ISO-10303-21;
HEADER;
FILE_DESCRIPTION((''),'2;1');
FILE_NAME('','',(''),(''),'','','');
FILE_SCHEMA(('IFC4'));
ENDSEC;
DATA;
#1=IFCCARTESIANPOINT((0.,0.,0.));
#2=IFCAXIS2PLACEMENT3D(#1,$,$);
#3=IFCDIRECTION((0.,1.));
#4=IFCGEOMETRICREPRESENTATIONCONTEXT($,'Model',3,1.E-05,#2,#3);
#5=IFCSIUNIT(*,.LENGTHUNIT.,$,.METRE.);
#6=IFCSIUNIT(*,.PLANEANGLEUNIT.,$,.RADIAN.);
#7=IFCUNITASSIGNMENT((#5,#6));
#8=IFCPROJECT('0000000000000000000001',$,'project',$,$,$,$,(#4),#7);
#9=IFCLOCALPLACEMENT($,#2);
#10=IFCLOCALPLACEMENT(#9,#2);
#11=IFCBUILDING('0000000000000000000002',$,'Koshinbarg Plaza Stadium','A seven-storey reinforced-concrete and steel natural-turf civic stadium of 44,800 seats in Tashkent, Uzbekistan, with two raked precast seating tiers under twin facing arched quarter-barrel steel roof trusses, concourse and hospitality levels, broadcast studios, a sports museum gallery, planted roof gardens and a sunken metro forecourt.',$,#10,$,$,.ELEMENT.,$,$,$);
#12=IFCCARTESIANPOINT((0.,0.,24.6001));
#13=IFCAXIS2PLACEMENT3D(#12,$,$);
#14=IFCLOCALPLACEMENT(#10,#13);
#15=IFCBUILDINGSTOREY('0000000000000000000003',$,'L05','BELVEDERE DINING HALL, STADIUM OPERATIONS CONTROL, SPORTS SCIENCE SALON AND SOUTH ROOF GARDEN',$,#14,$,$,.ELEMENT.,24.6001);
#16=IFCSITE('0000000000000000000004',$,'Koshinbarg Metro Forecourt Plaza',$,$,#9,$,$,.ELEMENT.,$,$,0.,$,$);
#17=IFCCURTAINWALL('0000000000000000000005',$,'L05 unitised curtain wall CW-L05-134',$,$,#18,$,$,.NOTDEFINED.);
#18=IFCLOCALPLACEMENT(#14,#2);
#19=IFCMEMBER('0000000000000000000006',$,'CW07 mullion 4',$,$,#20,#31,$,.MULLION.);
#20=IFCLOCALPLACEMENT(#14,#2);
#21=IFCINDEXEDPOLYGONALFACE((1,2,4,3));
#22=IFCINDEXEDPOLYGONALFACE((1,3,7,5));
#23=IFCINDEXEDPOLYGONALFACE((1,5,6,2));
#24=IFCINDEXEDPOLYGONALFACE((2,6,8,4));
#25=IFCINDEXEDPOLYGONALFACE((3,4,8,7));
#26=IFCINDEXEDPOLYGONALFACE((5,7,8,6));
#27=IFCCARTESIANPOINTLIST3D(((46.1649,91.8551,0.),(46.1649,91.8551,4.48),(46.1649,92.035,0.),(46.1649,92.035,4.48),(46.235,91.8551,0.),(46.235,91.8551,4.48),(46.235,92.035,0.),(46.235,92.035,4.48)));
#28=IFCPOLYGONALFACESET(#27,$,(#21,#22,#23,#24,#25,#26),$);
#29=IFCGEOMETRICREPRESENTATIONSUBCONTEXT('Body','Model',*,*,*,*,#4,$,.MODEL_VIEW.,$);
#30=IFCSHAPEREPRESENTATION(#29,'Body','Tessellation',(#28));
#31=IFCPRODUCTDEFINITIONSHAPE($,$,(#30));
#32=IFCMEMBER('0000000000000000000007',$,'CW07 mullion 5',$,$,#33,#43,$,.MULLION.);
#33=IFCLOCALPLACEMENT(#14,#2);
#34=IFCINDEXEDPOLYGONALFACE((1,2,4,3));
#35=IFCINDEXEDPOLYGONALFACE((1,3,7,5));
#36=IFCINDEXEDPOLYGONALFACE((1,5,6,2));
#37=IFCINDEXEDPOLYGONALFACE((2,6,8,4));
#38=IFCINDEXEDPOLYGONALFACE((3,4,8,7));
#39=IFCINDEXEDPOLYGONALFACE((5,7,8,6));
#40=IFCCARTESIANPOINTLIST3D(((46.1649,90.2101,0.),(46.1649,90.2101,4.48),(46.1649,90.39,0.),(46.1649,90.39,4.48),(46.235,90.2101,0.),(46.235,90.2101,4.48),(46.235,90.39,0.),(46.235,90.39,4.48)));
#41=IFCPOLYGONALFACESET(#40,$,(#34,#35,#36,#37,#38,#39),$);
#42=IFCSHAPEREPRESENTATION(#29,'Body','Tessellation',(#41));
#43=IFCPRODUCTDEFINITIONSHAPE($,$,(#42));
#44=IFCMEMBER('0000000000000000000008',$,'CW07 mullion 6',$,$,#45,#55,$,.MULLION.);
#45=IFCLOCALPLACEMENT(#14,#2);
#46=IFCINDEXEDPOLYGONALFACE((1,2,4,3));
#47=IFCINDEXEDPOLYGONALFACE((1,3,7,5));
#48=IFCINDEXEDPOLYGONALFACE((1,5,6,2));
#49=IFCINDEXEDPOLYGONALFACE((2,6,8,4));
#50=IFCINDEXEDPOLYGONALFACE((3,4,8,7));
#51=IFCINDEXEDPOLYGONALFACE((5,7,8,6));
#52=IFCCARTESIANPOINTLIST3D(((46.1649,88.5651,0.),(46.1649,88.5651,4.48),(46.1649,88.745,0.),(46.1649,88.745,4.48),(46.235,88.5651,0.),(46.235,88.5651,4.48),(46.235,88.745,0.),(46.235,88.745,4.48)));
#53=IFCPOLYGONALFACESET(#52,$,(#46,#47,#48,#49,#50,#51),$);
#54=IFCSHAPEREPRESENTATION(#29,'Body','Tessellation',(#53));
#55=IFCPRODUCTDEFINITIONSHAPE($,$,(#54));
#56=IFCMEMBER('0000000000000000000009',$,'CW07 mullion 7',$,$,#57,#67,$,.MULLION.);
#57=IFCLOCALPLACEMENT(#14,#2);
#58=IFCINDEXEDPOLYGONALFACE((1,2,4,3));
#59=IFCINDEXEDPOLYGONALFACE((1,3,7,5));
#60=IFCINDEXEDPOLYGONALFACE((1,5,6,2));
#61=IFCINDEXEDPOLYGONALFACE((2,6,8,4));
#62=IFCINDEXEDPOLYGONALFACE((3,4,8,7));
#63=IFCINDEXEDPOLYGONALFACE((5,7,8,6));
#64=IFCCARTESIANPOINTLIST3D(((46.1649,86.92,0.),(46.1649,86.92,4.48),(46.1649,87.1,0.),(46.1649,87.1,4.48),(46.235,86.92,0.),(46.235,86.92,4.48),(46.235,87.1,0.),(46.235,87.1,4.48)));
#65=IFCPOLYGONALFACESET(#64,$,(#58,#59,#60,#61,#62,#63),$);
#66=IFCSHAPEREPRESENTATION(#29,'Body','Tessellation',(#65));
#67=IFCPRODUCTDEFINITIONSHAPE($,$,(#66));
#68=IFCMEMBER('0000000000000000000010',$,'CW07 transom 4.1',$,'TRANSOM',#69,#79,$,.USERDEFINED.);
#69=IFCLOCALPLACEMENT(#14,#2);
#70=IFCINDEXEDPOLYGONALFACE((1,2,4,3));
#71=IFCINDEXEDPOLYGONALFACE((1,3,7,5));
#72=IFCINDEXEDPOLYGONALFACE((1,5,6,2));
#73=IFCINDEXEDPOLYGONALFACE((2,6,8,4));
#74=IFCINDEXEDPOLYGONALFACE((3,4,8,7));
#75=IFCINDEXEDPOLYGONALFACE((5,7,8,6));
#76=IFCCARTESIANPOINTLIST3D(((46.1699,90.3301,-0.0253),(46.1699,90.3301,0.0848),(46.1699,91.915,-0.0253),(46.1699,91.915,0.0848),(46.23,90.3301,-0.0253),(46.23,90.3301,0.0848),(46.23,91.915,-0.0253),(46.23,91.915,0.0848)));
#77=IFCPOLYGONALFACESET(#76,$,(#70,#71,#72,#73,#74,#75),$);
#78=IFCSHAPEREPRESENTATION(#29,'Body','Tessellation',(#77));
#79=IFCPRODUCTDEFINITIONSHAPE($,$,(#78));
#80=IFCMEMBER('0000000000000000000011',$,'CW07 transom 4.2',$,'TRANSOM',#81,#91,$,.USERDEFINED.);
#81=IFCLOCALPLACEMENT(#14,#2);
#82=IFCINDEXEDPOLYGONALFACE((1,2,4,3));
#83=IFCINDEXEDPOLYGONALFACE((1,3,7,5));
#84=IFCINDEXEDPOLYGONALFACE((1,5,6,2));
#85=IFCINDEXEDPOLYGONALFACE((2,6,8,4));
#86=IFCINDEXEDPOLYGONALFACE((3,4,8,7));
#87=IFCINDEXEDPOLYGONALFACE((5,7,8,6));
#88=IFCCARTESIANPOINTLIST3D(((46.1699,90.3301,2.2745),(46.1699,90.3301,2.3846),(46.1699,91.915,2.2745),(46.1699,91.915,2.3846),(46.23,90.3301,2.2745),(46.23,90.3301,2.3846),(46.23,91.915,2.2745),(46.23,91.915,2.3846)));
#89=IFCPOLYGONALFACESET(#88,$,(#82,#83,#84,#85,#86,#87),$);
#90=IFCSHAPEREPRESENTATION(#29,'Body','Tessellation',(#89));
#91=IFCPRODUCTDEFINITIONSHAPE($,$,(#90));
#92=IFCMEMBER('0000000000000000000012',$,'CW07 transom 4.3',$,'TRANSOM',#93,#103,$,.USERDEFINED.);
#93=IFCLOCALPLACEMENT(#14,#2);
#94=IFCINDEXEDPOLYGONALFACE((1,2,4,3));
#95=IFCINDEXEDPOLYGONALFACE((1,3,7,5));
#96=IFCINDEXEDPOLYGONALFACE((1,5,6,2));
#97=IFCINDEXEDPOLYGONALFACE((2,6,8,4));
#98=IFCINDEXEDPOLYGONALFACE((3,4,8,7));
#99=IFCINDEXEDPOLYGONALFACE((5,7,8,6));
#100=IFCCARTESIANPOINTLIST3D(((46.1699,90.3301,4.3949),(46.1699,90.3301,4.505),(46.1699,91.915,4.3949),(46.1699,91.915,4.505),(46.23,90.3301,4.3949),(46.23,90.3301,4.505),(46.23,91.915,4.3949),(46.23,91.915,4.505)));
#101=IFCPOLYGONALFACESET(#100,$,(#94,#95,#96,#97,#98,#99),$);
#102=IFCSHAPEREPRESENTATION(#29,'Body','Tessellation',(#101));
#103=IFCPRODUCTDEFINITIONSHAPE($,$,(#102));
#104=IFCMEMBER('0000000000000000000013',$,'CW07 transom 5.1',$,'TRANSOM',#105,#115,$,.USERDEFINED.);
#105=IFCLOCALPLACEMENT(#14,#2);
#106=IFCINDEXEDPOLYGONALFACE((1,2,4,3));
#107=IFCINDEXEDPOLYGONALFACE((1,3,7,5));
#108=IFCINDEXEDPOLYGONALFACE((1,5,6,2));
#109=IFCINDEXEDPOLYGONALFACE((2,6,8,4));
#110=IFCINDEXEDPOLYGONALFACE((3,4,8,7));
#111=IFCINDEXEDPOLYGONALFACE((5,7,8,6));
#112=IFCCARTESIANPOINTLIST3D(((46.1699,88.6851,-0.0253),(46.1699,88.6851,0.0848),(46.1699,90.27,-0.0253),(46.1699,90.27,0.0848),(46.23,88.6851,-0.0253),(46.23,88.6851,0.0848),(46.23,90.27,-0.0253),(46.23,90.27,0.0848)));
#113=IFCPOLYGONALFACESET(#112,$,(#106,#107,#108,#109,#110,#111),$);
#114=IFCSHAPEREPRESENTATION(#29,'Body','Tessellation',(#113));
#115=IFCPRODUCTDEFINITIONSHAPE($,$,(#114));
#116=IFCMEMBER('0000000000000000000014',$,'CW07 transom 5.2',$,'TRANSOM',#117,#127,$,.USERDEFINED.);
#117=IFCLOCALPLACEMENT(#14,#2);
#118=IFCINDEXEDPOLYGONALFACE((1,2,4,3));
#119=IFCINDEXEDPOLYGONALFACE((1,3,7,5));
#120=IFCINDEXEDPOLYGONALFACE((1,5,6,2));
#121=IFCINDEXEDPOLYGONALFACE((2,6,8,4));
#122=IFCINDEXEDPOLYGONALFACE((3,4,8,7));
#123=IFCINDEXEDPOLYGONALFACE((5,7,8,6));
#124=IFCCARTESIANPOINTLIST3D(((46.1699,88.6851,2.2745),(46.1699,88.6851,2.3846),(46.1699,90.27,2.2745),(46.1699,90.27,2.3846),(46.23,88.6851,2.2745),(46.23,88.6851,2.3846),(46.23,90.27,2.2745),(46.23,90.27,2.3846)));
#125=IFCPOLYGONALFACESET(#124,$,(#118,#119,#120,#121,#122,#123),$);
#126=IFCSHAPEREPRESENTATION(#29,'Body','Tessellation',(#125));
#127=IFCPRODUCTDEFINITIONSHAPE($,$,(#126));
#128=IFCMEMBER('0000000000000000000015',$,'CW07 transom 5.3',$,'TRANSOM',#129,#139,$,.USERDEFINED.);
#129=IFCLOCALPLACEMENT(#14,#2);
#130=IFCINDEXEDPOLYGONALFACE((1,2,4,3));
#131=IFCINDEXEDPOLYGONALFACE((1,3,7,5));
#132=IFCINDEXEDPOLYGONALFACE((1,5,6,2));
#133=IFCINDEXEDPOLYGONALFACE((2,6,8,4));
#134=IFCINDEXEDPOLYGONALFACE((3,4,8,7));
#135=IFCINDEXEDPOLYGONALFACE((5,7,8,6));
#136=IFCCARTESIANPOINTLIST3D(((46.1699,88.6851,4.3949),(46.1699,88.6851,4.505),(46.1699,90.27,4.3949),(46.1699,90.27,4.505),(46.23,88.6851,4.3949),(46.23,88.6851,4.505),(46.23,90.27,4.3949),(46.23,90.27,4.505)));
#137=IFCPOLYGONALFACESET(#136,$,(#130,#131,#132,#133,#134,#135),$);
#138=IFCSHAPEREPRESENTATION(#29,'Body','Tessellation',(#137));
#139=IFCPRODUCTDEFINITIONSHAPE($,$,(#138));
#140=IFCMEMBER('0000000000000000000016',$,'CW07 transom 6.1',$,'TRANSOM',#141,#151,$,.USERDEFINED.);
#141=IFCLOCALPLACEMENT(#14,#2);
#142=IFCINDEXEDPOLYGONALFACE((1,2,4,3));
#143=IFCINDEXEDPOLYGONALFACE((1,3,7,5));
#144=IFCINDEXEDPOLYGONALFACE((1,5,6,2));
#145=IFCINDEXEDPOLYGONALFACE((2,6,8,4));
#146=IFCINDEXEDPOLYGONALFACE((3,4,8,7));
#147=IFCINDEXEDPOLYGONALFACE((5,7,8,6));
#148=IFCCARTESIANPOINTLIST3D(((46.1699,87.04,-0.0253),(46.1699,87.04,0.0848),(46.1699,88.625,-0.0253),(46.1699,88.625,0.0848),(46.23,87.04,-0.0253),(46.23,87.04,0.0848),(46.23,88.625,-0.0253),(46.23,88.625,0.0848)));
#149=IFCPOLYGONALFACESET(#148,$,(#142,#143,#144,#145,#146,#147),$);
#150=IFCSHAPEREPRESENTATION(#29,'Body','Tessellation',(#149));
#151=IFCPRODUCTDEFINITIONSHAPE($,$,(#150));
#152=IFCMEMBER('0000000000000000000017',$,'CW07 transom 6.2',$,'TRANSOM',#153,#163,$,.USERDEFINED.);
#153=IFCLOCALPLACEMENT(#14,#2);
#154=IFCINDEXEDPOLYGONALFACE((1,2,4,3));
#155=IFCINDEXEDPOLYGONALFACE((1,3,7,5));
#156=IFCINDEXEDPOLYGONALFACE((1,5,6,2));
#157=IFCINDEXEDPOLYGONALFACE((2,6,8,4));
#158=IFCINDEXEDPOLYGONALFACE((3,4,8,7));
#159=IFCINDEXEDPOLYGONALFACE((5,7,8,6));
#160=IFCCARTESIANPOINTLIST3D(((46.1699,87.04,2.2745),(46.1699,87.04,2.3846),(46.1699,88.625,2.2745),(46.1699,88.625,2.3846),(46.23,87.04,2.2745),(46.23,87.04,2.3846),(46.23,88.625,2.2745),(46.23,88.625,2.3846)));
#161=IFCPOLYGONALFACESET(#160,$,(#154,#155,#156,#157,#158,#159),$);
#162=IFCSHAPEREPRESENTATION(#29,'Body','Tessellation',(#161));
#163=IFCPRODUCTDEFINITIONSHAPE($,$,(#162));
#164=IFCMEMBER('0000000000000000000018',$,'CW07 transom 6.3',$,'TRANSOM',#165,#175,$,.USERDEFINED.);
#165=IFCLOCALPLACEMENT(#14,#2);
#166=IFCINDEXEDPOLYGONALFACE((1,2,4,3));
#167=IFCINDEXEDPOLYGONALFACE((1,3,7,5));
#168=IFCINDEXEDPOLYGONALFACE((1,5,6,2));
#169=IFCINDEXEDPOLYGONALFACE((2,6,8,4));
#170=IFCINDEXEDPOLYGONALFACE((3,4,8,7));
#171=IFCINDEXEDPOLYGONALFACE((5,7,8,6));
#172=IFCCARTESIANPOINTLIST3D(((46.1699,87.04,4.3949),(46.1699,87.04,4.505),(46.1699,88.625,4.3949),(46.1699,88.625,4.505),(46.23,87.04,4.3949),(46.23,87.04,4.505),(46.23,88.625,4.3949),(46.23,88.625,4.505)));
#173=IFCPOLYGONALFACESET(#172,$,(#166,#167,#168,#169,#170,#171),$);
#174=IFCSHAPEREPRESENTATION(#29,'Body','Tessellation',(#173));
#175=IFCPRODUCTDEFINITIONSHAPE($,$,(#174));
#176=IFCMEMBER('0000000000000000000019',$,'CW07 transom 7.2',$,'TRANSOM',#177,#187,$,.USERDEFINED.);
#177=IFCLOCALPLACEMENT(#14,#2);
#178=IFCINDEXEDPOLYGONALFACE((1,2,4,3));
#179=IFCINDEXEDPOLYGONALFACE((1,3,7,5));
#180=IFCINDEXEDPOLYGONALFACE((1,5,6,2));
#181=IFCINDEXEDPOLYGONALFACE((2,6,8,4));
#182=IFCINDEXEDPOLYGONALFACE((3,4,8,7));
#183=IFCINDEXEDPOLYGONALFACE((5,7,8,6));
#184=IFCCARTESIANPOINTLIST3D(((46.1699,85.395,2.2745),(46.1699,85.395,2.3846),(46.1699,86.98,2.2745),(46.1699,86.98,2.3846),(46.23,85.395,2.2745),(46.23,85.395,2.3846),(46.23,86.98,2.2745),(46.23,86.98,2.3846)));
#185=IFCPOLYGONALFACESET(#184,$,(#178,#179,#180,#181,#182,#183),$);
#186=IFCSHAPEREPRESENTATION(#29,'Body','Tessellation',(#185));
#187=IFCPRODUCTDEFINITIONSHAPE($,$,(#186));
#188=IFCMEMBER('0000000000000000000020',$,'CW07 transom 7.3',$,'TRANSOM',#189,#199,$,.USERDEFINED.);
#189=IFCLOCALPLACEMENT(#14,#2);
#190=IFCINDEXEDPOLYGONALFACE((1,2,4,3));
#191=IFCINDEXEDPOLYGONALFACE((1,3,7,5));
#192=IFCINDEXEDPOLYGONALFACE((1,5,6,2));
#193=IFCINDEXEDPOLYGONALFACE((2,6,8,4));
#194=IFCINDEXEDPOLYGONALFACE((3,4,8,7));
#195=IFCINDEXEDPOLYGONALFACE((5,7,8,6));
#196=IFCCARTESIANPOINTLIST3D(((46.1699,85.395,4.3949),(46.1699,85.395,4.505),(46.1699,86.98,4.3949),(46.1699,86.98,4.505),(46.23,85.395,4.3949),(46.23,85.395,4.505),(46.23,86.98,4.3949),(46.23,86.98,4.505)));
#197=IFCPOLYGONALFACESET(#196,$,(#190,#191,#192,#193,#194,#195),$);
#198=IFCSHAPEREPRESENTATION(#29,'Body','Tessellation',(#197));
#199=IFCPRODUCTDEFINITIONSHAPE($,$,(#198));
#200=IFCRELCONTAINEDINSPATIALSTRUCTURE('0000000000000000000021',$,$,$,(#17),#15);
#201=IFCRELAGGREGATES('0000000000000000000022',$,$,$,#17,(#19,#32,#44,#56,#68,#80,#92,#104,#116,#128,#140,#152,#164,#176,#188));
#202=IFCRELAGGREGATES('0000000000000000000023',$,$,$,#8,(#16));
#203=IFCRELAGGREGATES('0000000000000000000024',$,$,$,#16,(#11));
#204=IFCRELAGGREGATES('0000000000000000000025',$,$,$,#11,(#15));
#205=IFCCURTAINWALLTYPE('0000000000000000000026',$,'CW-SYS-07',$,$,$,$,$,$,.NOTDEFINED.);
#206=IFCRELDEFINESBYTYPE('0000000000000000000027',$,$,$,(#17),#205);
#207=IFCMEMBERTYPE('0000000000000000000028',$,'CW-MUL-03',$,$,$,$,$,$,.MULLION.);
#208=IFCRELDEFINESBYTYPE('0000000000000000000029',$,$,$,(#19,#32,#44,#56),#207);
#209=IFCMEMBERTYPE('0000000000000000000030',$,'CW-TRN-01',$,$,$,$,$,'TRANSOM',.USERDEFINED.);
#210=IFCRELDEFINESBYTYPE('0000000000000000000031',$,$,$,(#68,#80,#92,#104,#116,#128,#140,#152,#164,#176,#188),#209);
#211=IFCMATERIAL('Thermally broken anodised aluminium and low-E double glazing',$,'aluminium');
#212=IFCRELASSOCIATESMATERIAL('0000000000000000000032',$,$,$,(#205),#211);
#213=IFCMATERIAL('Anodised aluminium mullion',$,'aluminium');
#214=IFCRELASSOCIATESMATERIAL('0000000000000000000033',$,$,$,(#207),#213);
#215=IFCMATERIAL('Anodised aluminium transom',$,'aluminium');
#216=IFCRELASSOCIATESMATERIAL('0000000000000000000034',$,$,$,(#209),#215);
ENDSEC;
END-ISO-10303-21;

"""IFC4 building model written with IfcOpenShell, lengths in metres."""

from ifc_helpers import new_model, si_unit, direction, frame, origin, origin_2d, place, context, subcontext, project, spatial, rectangle, extrude, material, material_profile, profile_set, type_object, element, aggregate, save


model = new_model("IFC4")

# Units and contexts
model_context = context("Model", 3, precision=1e-05, world=origin(), true_north=direction((0.0, 1.0)))
body_context = subcontext(model_context, "Body", "Model", "MODEL_VIEW")
ifc_project = project(units=[si_unit("LENGTHUNIT", "METRE"), si_unit("PLANEANGLEUNIT", "RADIAN")], contexts=[model_context])

# Site, building, storey
site_placement = place(None, origin())
site = spatial("IfcSite", under=ifc_project, at=site_placement, Name="Koshinbarg Metro Forecourt Plaza", CompositionType="ELEMENT", RefElevation=0.0)
building_placement = place(site_placement, origin())
building = spatial("IfcBuilding", under=site, at=building_placement, Name="Koshinbarg Plaza Stadium", Description="A seven-storey reinforced-concrete and steel natural-turf civic stadium of 44,800 seats in Tashkent, Uzbekistan, with two raked precast seating tiers under twin facing arched quarter-barrel steel roof trusses, concourse and hospitality levels, broadcast studios, a sports museum gallery, planted roof gardens and a sunken metro forecourt.", CompositionType="ELEMENT")
storey_placement = place(building_placement, frame((0.0, 0.0, 24.6001)))
storey = spatial("IfcBuildingStorey", under=building, at=storey_placement, Name="L05", Description="BELVEDERE DINING HALL, STADIUM OPERATIONS CONTROL, SPORTS SCIENCE SALON AND SOUTH ROOF GARDEN", CompositionType="ELEMENT", Elevation=24.6001)

# Curtain wall, members
ifc_material_1 = material(Name="Thermally broken anodised aluminium and low-E double glazing", Category="aluminium")
curtain_wall_type = type_object("IfcCurtainWallType", Name="CW-SYS-07", PredefinedType="NOTDEFINED", material=ifc_material_1)
curtain_wall_placement = place(storey_placement, origin())
curtain_wall = element("IfcCurtainWall", 1, at=curtain_wall_placement, inside=storey, type_object=curtain_wall_type, Name="L05 unitised curtain wall CW-L05-134", PredefinedType="NOTDEFINED")
ifc_material_2 = material(Name="Anodised aluminium mullion", Category="aluminium")
ifc_material_profile_1 = material_profile(ifc_material_2, rectangle(XDim=0.0701, YDim=0.1799, at=origin_2d()), Name="ALU 70x180")
ifc_profile_set_1 = profile_set([ifc_material_profile_1], Name="Anodised aluminium mullion")
member_type_1 = type_object("IfcMemberType", Name="CW-MUL-03", PredefinedType="MULLION", material=ifc_profile_set_1)
member_1_placement = place(storey_placement, frame((46.2, 91.9451, 0.0), z_axis=(0.0, 0.0, 1.0), x_axis=(1.0, 0.0, 0.0)))
member_1 = element("IfcMember", 2, at=member_1_placement, type_object=member_type_1, Name="CW07 mullion 4", PredefinedType="MULLION", context=body_context, shape_type="SweptSolid", body=[
    extrude(rectangle(XDim=0.0701, YDim=0.1799, at=origin_2d()), origin(), (0.0, 0.0, 1.0), 4.48),
])
member_2_placement = place(storey_placement, frame((46.2, 90.3, 0.0), z_axis=(0.0, 0.0, 1.0), x_axis=(1.0, 0.0, 0.0)))
member_2 = element("IfcMember", 3, at=member_2_placement, type_object=member_type_1, Name="CW07 mullion 5", PredefinedType="MULLION", context=body_context, shape_type="SweptSolid", body=[
    extrude(rectangle(XDim=0.0701, YDim=0.1799, at=origin_2d()), origin(), (0.0, 0.0, 1.0), 4.48),
])
member_3_placement = place(storey_placement, frame((46.2, 88.655, 0.0), z_axis=(0.0, 0.0, 1.0), x_axis=(1.0, 0.0, 0.0)))
member_3 = element("IfcMember", 4, at=member_3_placement, type_object=member_type_1, Name="CW07 mullion 6", PredefinedType="MULLION", context=body_context, shape_type="SweptSolid", body=[
    extrude(rectangle(XDim=0.0701, YDim=0.1799, at=origin_2d()), origin(), (0.0, 0.0, 1.0), 4.48),
])
member_4_placement = place(storey_placement, frame((46.2, 87.01, 0.0), z_axis=(0.0, 0.0, 1.0), x_axis=(1.0, 0.0, 0.0)))
member_4 = element("IfcMember", 5, at=member_4_placement, type_object=member_type_1, Name="CW07 mullion 7", PredefinedType="MULLION", context=body_context, shape_type="SweptSolid", body=[
    extrude(rectangle(XDim=0.0701, YDim=0.1799, at=origin_2d()), origin(), (0.0, 0.0, 1.0), 4.48),
])
ifc_material_3 = material(Name="Anodised aluminium transom", Category="aluminium")
ifc_material_profile_2 = material_profile(ifc_material_3, rectangle(XDim=0.0601, YDim=0.1101, at=origin_2d()), Name="ALU 60x110")
ifc_profile_set_2 = profile_set([ifc_material_profile_2], Name="Anodised aluminium transom")
member_type_2 = type_object("IfcMemberType", Name="CW-TRN-01", ElementType="TRANSOM", PredefinedType="USERDEFINED", material=ifc_profile_set_2)
member_5_placement = place(storey_placement, frame((46.2, 91.915, 0.0298), z_axis=(0.0, -1.0, 0.0), x_axis=(1.0, 0.0, 0.0)))
member_5 = element("IfcMember", 6, at=member_5_placement, type_object=member_type_2, Name="CW07 transom 4.1", ObjectType="TRANSOM", PredefinedType="USERDEFINED", context=body_context, shape_type="SweptSolid", body=[
    extrude(rectangle(XDim=0.0601, YDim=0.1101, at=origin_2d()), origin(), (0.0, 0.0, 1.0), 1.585),
])
member_6_placement = place(storey_placement, frame((46.2, 91.915, 2.3296), z_axis=(0.0, -1.0, 0.0), x_axis=(1.0, 0.0, 0.0)))
member_6 = element("IfcMember", 7, at=member_6_placement, type_object=member_type_2, Name="CW07 transom 4.2", ObjectType="TRANSOM", PredefinedType="USERDEFINED", context=body_context, shape_type="SweptSolid", body=[
    extrude(rectangle(XDim=0.0601, YDim=0.1101, at=origin_2d()), origin(), (0.0, 0.0, 1.0), 1.585),
])
member_7_placement = place(storey_placement, frame((46.2, 91.915, 4.45), z_axis=(0.0, -1.0, 0.0), x_axis=(1.0, 0.0, 0.0)))
member_7 = element("IfcMember", 8, at=member_7_placement, type_object=member_type_2, Name="CW07 transom 4.3", ObjectType="TRANSOM", PredefinedType="USERDEFINED", context=body_context, shape_type="SweptSolid", body=[
    extrude(rectangle(XDim=0.0601, YDim=0.1101, at=origin_2d()), origin(), (0.0, 0.0, 1.0), 1.585),
])
member_8_placement = place(storey_placement, frame((46.2, 90.27, 0.0298), z_axis=(0.0, -1.0, 0.0), x_axis=(1.0, 0.0, 0.0)))
member_8 = element("IfcMember", 9, at=member_8_placement, type_object=member_type_2, Name="CW07 transom 5.1", ObjectType="TRANSOM", PredefinedType="USERDEFINED", context=body_context, shape_type="SweptSolid", body=[
    extrude(rectangle(XDim=0.0601, YDim=0.1101, at=origin_2d()), origin(), (0.0, 0.0, 1.0), 1.585),
])
member_9_placement = place(storey_placement, frame((46.2, 90.27, 2.3296), z_axis=(0.0, -1.0, 0.0), x_axis=(1.0, 0.0, 0.0)))
member_9 = element("IfcMember", 10, at=member_9_placement, type_object=member_type_2, Name="CW07 transom 5.2", ObjectType="TRANSOM", PredefinedType="USERDEFINED", context=body_context, shape_type="SweptSolid", body=[
    extrude(rectangle(XDim=0.0601, YDim=0.1101, at=origin_2d()), origin(), (0.0, 0.0, 1.0), 1.585),
])
member_10_placement = place(storey_placement, frame((46.2, 90.27, 4.45), z_axis=(0.0, -1.0, 0.0), x_axis=(1.0, 0.0, 0.0)))
member_10 = element("IfcMember", 11, at=member_10_placement, type_object=member_type_2, Name="CW07 transom 5.3", ObjectType="TRANSOM", PredefinedType="USERDEFINED", context=body_context, shape_type="SweptSolid", body=[
    extrude(rectangle(XDim=0.0601, YDim=0.1101, at=origin_2d()), origin(), (0.0, 0.0, 1.0), 1.585),
])
member_11_placement = place(storey_placement, frame((46.2, 88.625, 0.0298), z_axis=(0.0, -1.0, 0.0), x_axis=(1.0, 0.0, 0.0)))
member_11 = element("IfcMember", 12, at=member_11_placement, type_object=member_type_2, Name="CW07 transom 6.1", ObjectType="TRANSOM", PredefinedType="USERDEFINED", context=body_context, shape_type="SweptSolid", body=[
    extrude(rectangle(XDim=0.0601, YDim=0.1101, at=origin_2d()), origin(), (0.0, 0.0, 1.0), 1.585),
])
member_12_placement = place(storey_placement, frame((46.2, 88.625, 2.3296), z_axis=(0.0, -1.0, 0.0), x_axis=(1.0, 0.0, 0.0)))
member_12 = element("IfcMember", 13, at=member_12_placement, type_object=member_type_2, Name="CW07 transom 6.2", ObjectType="TRANSOM", PredefinedType="USERDEFINED", context=body_context, shape_type="SweptSolid", body=[
    extrude(rectangle(XDim=0.0601, YDim=0.1101, at=origin_2d()), origin(), (0.0, 0.0, 1.0), 1.585),
])
member_13_placement = place(storey_placement, frame((46.2, 88.625, 4.45), z_axis=(0.0, -1.0, 0.0), x_axis=(1.0, 0.0, 0.0)))
member_13 = element("IfcMember", 14, at=member_13_placement, type_object=member_type_2, Name="CW07 transom 6.3", ObjectType="TRANSOM", PredefinedType="USERDEFINED", context=body_context, shape_type="SweptSolid", body=[
    extrude(rectangle(XDim=0.0601, YDim=0.1101, at=origin_2d()), origin(), (0.0, 0.0, 1.0), 1.585),
])
member_14_placement = place(storey_placement, frame((46.2, 86.98, 2.3296), z_axis=(0.0, -1.0, 0.0), x_axis=(1.0, 0.0, 0.0)))
member_14 = element("IfcMember", 15, at=member_14_placement, type_object=member_type_2, Name="CW07 transom 7.2", ObjectType="TRANSOM", PredefinedType="USERDEFINED", context=body_context, shape_type="SweptSolid", body=[
    extrude(rectangle(XDim=0.0601, YDim=0.1101, at=origin_2d()), origin(), (0.0, 0.0, 1.0), 1.585),
])
member_15_placement = place(storey_placement, frame((46.2, 86.98, 4.45), z_axis=(0.0, -1.0, 0.0), x_axis=(1.0, 0.0, 0.0)))
member_15 = element("IfcMember", 16, at=member_15_placement, type_object=member_type_2, Name="CW07 transom 7.3", ObjectType="TRANSOM", PredefinedType="USERDEFINED", context=body_context, shape_type="SweptSolid", body=[
    extrude(rectangle(XDim=0.0601, YDim=0.1101, at=origin_2d()), origin(), (0.0, 0.0, 1.0), 1.585),
])
aggregate(curtain_wall, [member_1, member_2, member_3, member_4, member_5, member_6, member_7, member_8, member_9, member_10, member_11, member_12, member_13, member_14, member_15])

save(model, "model.ifc")
